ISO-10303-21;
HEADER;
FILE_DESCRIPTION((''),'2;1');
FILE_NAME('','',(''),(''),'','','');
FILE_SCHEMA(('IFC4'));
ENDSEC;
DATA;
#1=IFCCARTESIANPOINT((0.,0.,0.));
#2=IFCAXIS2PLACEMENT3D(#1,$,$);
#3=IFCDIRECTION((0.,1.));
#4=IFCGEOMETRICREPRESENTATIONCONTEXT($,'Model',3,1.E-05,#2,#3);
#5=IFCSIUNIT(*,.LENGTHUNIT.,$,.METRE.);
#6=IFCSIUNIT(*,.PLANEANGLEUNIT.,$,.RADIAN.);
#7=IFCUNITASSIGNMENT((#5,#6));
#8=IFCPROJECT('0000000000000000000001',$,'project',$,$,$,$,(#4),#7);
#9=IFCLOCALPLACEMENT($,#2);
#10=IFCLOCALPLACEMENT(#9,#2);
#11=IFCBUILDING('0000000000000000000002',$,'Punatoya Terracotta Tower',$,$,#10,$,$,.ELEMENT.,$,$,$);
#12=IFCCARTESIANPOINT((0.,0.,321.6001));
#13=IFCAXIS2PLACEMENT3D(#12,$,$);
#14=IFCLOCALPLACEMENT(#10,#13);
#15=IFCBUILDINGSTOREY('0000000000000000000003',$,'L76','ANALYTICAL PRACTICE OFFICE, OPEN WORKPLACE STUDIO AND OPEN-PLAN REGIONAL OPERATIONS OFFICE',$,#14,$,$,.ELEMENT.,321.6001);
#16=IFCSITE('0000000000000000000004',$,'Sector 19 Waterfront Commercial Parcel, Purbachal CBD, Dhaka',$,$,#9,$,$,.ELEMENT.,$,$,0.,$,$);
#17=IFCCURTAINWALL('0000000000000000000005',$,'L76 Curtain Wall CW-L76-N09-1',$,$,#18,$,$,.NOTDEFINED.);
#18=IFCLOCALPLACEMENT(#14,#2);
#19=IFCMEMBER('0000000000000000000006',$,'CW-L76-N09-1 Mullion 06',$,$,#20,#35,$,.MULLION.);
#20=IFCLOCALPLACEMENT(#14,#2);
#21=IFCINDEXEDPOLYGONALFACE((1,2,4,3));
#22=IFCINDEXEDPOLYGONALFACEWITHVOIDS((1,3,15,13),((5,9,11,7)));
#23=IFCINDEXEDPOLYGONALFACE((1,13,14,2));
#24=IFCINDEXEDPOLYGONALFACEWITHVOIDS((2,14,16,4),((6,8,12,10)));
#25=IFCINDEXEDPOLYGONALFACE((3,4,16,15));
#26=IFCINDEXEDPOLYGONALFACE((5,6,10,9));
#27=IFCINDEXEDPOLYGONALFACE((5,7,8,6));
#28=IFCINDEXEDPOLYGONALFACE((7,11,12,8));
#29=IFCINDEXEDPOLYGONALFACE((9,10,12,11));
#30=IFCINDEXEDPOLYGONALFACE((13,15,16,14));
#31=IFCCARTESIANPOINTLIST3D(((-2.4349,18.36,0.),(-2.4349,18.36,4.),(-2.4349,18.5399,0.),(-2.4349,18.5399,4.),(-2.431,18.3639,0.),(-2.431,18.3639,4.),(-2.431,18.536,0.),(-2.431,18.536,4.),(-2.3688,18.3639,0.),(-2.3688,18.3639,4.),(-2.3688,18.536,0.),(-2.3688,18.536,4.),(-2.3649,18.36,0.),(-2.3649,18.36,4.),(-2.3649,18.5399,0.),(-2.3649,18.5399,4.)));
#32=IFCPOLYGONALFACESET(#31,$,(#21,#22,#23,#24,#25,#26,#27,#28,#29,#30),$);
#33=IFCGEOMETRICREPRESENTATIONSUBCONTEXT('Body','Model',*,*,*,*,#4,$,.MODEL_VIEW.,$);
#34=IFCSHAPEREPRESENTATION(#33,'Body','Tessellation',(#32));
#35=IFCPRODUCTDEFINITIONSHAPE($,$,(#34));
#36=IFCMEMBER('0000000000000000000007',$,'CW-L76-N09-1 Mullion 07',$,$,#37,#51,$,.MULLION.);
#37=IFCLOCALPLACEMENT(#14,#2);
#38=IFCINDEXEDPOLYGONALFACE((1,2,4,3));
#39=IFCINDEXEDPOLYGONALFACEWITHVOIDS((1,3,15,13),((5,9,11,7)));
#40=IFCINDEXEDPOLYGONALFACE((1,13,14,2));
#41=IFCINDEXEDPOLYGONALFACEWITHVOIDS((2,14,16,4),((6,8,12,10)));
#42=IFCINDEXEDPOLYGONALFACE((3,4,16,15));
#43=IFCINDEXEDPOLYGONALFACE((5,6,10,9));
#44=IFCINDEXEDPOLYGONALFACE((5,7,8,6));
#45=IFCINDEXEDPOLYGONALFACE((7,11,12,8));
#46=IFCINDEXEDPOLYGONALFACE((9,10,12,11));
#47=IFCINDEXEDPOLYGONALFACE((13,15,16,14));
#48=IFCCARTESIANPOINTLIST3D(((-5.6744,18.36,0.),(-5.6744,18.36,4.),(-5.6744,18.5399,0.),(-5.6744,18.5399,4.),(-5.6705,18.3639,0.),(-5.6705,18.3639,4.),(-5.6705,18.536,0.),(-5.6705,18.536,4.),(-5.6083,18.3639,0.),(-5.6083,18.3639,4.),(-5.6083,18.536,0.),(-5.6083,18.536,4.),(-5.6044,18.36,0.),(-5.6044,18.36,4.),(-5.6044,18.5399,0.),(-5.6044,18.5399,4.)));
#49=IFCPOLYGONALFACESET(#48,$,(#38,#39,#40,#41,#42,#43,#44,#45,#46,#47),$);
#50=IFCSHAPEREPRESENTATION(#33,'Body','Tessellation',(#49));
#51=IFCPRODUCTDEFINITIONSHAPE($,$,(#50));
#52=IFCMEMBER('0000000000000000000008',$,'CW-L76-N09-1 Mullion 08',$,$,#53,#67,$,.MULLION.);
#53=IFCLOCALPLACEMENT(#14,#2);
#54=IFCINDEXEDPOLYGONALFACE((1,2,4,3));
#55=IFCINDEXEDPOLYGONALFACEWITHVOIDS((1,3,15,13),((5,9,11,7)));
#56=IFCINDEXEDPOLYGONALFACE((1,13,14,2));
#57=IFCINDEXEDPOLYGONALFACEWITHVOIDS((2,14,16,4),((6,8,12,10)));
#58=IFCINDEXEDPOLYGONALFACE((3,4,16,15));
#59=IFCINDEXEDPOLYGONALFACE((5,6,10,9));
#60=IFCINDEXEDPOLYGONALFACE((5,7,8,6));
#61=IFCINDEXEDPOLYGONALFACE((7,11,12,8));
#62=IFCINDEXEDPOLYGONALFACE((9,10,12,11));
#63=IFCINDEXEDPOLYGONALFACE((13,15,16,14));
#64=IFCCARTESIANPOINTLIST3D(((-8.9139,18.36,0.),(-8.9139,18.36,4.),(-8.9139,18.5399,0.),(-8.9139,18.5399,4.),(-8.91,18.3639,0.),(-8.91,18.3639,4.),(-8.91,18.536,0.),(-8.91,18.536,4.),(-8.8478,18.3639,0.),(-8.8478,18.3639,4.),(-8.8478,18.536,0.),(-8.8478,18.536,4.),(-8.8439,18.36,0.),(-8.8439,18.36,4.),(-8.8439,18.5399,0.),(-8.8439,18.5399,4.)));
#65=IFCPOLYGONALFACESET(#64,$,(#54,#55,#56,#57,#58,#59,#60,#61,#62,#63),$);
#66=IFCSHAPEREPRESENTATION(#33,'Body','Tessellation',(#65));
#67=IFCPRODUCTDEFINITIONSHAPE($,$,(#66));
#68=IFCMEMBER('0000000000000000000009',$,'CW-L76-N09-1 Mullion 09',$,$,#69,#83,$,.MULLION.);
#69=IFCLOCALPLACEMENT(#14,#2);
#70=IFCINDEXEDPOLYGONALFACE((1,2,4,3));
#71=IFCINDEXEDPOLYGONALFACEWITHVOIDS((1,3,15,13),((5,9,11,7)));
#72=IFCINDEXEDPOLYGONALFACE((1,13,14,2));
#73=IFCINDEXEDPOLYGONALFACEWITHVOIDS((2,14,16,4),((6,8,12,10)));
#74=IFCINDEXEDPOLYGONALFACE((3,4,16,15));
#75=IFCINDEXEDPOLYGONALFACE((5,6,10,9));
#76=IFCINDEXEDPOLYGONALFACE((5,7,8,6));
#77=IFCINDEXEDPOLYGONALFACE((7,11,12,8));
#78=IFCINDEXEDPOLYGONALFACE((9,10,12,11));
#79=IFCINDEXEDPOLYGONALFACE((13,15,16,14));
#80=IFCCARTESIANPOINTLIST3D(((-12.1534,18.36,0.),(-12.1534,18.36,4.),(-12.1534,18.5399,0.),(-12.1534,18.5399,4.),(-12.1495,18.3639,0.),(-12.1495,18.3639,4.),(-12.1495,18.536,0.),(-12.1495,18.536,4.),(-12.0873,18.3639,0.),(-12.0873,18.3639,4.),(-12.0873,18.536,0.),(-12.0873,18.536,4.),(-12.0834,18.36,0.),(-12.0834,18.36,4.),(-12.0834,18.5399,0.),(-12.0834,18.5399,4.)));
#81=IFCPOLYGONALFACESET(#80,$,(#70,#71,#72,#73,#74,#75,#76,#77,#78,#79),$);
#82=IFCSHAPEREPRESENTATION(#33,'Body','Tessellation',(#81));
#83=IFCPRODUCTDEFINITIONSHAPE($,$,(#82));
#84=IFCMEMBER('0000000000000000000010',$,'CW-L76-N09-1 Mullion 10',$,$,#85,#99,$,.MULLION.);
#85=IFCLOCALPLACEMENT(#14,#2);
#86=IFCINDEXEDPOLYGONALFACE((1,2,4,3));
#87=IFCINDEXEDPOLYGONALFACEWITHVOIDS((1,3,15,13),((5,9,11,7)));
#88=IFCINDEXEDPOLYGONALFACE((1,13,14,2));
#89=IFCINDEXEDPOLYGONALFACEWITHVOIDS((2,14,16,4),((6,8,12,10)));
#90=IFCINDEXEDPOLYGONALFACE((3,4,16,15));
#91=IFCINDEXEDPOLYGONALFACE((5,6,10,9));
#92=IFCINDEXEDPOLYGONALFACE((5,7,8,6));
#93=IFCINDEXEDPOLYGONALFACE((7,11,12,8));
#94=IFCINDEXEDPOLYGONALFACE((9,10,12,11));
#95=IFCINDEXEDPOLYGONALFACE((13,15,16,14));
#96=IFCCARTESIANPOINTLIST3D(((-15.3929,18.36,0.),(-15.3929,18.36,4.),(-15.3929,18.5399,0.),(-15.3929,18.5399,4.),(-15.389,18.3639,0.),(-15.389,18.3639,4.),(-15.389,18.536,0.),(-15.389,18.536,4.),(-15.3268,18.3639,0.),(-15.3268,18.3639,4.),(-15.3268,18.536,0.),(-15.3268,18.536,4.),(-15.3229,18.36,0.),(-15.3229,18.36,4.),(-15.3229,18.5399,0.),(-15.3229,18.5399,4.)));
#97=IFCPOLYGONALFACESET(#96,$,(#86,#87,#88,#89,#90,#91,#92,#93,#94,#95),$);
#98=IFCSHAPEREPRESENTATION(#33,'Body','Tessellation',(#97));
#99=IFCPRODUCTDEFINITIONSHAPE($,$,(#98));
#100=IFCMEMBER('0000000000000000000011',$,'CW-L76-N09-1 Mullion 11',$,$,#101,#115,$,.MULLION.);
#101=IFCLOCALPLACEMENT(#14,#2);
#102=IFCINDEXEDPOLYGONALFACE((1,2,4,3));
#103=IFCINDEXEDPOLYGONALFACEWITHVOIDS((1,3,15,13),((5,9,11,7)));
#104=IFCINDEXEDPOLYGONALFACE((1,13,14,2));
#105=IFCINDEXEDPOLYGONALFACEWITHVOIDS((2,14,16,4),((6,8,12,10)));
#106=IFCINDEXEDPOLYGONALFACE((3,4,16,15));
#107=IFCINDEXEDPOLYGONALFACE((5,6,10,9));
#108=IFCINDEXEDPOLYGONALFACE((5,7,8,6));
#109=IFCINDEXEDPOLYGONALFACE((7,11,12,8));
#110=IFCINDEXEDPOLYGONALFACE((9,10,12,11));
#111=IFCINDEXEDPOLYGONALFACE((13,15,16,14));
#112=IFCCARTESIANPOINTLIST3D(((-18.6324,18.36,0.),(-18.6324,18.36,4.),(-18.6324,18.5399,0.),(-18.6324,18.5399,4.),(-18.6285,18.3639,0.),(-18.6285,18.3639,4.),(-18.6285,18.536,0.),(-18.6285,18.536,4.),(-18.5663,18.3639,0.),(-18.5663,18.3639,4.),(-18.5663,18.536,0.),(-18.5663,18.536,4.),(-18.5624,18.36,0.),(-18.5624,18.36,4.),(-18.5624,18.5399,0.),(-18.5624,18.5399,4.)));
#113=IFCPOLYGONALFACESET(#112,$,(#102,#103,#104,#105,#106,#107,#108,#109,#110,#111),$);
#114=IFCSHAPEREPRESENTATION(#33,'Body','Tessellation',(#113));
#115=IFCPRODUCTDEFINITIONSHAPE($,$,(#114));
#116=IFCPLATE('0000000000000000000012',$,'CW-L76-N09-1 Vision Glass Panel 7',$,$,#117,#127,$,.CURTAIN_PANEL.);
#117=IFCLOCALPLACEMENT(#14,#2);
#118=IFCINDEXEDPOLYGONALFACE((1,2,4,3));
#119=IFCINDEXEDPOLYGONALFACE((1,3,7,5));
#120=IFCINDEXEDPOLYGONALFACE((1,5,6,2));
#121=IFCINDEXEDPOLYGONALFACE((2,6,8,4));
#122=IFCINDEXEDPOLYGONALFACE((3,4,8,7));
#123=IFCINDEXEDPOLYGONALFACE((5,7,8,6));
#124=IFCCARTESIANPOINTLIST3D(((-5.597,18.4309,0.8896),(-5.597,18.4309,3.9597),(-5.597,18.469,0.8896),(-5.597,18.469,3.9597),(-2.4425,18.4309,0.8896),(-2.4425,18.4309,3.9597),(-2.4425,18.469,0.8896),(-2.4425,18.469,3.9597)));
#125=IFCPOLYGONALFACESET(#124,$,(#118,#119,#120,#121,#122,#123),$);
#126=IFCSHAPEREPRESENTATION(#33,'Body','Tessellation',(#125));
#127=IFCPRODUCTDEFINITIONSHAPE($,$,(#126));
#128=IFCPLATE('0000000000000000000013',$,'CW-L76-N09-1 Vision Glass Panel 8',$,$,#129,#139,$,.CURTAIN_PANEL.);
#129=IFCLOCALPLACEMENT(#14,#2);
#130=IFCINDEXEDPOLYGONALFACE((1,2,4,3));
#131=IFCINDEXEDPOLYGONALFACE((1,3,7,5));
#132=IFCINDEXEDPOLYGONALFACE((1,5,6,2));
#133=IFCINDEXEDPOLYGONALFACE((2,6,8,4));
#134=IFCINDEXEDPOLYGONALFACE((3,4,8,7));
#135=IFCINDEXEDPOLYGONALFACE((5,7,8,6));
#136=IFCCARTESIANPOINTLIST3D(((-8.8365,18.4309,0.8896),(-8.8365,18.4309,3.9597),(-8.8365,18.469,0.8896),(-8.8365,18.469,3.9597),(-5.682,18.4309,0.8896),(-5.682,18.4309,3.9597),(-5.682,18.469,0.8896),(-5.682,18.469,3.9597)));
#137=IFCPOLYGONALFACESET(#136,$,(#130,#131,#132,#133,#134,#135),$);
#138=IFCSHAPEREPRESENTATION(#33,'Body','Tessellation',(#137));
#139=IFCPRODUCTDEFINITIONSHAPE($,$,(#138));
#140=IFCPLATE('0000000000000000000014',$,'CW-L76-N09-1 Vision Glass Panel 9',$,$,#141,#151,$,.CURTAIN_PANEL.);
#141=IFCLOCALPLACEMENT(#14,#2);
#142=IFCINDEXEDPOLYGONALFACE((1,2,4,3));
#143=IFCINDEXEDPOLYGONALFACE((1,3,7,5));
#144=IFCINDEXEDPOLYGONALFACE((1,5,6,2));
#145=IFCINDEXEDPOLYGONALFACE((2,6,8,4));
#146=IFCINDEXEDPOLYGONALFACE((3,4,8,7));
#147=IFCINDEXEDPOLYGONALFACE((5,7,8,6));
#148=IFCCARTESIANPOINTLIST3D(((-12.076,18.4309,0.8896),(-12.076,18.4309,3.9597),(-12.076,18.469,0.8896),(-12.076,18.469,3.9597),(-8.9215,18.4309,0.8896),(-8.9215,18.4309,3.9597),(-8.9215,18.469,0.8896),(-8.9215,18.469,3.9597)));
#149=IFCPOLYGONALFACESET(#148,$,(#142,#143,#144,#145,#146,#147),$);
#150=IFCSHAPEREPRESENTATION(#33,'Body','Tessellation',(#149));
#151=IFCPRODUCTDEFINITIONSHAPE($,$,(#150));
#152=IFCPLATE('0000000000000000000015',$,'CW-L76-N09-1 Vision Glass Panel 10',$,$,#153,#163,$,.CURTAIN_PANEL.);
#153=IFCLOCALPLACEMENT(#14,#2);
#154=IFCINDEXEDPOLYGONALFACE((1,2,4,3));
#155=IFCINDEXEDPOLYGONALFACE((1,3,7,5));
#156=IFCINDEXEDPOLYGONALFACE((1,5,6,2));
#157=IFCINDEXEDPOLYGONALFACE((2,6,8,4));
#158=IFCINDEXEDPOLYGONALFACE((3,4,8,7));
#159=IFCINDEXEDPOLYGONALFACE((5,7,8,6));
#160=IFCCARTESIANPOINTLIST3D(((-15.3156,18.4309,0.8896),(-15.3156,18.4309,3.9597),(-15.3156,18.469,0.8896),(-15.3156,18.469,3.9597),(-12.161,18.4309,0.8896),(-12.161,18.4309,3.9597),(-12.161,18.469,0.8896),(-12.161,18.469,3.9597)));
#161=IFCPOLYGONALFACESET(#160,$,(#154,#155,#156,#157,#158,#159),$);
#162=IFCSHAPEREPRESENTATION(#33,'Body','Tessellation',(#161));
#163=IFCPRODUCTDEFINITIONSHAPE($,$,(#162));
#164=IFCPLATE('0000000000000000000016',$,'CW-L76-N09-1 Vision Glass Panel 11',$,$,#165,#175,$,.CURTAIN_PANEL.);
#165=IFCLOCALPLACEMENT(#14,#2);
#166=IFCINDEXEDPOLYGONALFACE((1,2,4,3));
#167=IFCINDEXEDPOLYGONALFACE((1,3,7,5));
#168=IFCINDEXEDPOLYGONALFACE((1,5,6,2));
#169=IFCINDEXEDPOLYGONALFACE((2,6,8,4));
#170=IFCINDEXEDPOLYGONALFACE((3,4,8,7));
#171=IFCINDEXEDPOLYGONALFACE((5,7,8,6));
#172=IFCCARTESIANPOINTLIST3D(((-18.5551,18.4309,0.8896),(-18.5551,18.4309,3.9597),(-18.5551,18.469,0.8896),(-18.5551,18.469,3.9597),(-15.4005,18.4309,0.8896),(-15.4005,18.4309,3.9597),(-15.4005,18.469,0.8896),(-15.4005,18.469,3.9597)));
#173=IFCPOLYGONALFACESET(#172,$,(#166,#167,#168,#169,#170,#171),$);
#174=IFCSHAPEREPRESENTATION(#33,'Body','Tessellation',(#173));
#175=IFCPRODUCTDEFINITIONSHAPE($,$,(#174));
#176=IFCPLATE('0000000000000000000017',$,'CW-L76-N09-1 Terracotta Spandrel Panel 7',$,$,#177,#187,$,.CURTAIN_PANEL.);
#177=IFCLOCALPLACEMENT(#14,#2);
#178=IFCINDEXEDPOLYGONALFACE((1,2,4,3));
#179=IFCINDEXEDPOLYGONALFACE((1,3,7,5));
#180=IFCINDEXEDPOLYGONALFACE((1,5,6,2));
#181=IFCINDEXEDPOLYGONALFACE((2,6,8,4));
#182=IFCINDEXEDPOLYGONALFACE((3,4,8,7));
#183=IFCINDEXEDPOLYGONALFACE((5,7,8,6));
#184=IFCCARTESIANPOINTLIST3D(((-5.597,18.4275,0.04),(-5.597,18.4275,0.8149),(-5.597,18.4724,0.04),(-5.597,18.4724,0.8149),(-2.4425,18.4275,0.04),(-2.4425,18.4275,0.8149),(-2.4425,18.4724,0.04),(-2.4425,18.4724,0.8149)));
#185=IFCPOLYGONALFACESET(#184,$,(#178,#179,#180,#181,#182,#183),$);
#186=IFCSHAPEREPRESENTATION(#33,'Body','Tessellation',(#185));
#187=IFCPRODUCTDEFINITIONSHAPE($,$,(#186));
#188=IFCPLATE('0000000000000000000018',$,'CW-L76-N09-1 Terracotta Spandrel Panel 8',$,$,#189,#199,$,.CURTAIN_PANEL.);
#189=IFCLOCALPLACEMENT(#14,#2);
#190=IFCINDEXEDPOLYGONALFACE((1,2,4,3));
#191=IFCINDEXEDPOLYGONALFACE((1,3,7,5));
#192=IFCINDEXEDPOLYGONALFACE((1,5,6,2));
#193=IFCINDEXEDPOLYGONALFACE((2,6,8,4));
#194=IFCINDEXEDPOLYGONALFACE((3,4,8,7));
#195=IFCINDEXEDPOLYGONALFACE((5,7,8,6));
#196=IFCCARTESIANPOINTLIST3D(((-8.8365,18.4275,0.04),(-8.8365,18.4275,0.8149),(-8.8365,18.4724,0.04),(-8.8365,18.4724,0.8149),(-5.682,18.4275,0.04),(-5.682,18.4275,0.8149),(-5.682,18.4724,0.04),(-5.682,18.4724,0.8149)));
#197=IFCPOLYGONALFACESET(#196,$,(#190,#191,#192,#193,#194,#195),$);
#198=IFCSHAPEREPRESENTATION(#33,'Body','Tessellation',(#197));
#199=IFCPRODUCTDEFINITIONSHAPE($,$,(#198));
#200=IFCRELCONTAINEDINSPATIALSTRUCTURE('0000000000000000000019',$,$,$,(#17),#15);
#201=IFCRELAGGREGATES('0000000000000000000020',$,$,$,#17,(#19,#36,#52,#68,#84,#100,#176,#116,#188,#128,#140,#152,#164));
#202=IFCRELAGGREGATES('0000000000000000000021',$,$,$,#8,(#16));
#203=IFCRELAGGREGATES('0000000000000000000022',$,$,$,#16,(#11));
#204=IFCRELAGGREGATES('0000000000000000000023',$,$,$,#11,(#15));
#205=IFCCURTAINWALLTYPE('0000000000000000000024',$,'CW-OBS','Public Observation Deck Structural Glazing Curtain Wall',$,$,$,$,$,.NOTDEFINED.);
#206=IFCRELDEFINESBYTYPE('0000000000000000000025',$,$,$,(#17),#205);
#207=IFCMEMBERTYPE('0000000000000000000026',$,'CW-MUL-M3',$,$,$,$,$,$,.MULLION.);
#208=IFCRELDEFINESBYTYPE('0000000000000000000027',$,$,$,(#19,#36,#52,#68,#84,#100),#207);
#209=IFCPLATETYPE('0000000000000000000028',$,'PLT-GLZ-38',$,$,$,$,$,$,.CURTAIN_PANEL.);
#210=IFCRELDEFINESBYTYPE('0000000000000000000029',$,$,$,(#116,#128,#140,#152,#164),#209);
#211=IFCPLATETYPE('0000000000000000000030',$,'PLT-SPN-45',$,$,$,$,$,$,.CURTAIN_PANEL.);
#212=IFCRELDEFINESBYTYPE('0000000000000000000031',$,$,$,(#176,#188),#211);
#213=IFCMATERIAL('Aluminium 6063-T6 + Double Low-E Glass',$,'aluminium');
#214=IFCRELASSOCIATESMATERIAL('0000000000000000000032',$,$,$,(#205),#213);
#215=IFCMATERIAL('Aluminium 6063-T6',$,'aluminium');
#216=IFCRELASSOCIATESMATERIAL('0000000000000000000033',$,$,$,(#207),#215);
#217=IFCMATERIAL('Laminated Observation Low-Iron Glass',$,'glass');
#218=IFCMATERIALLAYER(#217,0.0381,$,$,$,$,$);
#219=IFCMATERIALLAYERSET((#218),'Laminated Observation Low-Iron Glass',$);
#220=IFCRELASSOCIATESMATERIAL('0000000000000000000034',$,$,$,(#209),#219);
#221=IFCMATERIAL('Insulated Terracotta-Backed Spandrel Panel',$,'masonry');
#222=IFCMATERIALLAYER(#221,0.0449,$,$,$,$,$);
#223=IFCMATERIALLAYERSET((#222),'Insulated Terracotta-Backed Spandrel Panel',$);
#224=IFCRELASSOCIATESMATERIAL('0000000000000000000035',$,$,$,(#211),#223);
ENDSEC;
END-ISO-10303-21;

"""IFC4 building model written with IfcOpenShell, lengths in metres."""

from ifc_helpers import new_model, si_unit, direction, frame, origin, origin_2d, place, context, subcontext, project, spatial, rectangle, hollow_rectangle, extrude, material, layer, layer_set, material_profile, profile_set, type_object, element, aggregate, save


model = new_model("IFC4")

# Units and contexts
model_context = context("Model", 3, precision=1e-05, world=origin(), true_north=direction((0.0, 1.0)))
body_context = subcontext(model_context, "Body", "Model", "MODEL_VIEW")
ifc_project = project(units=[si_unit("LENGTHUNIT", "METRE"), si_unit("PLANEANGLEUNIT", "RADIAN")], contexts=[model_context])

# Site, building, storey
site_placement = place(None, origin())
site = spatial("IfcSite", under=ifc_project, at=site_placement, Name="Sector 19 Waterfront Commercial Parcel, Purbachal CBD, Dhaka", CompositionType="ELEMENT", RefElevation=0.0)
building_placement = place(site_placement, origin())
building = spatial("IfcBuilding", under=site, at=building_placement, Name="Punatoya Terracotta Tower", CompositionType="ELEMENT")
storey_placement = place(building_placement, frame((0.0, 0.0, 321.6001)))
storey = spatial("IfcBuildingStorey", under=building, at=storey_placement, Name="L76", Description="ANALYTICAL PRACTICE OFFICE, OPEN WORKPLACE STUDIO AND OPEN-PLAN REGIONAL OPERATIONS OFFICE", CompositionType="ELEMENT", Elevation=321.6001)

# Curtain wall, members, plates
ifc_material_1 = material(Name="Aluminium 6063-T6 + Double Low-E Glass", Category="aluminium")
curtain_wall_type = type_object("IfcCurtainWallType", Name="CW-OBS", Description="Public Observation Deck Structural Glazing Curtain Wall", PredefinedType="NOTDEFINED", material=ifc_material_1)
curtain_wall_placement = place(storey_placement, origin())
curtain_wall = element("IfcCurtainWall", 1, at=curtain_wall_placement, inside=storey, type_object=curtain_wall_type, Name="L76 Curtain Wall CW-L76-N09-1", PredefinedType="NOTDEFINED")
ifc_material_2 = material(Name="Aluminium 6063-T6", Category="aluminium")
ifc_material_profile_1 = material_profile(ifc_material_2, hollow_rectangle(XDim=0.0701, YDim=0.1799, WallThickness=0.0039, at=origin_2d()))
ifc_profile_set_1 = profile_set([ifc_material_profile_1], Name="Aluminium 6063-T6")
member_type = type_object("IfcMemberType", Name="CW-MUL-M3", PredefinedType="MULLION", material=ifc_profile_set_1)
member_1_placement = place(storey_placement, frame((-2.3999, 18.45, 0.0), z_axis=(0.0, 0.0, 1.0), x_axis=(1.0, 0.0, 0.0)))
member_1 = element("IfcMember", 2, at=member_1_placement, type_object=member_type, Name="CW-L76-N09-1 Mullion 06", PredefinedType="MULLION", context=body_context, shape_type="SweptSolid", body=[
    extrude(hollow_rectangle(XDim=0.0701, YDim=0.1799, WallThickness=0.0039, at=origin_2d()), origin(), (0.0, 0.0, 1.0), 4.0),
])
member_2_placement = place(storey_placement, frame((-5.6394, 18.45, 0.0), z_axis=(0.0, 0.0, 1.0), x_axis=(1.0, 0.0, 0.0)))
member_2 = element("IfcMember", 3, at=member_2_placement, type_object=member_type, Name="CW-L76-N09-1 Mullion 07", PredefinedType="MULLION", context=body_context, shape_type="SweptSolid", body=[
    extrude(hollow_rectangle(XDim=0.0701, YDim=0.1799, WallThickness=0.0039, at=origin_2d()), origin(), (0.0, 0.0, 1.0), 4.0),
])
member_3_placement = place(storey_placement, frame((-8.8789, 18.45, 0.0), z_axis=(0.0, 0.0, 1.0), x_axis=(1.0, 0.0, 0.0)))
member_3 = element("IfcMember", 4, at=member_3_placement, type_object=member_type, Name="CW-L76-N09-1 Mullion 08", PredefinedType="MULLION", context=body_context, shape_type="SweptSolid", body=[
    extrude(hollow_rectangle(XDim=0.0701, YDim=0.1799, WallThickness=0.0039, at=origin_2d()), origin(), (0.0, 0.0, 1.0), 4.0),
])
member_4_placement = place(storey_placement, frame((-12.1184, 18.45, 0.0), z_axis=(0.0, 0.0, 1.0), x_axis=(1.0, 0.0, 0.0)))
member_4 = element("IfcMember", 5, at=member_4_placement, type_object=member_type, Name="CW-L76-N09-1 Mullion 09", PredefinedType="MULLION", context=body_context, shape_type="SweptSolid", body=[
    extrude(hollow_rectangle(XDim=0.0701, YDim=0.1799, WallThickness=0.0039, at=origin_2d()), origin(), (0.0, 0.0, 1.0), 4.0),
])
member_5_placement = place(storey_placement, frame((-15.3579, 18.45, 0.0), z_axis=(0.0, 0.0, 1.0), x_axis=(1.0, 0.0, 0.0)))
member_5 = element("IfcMember", 6, at=member_5_placement, type_object=member_type, Name="CW-L76-N09-1 Mullion 10", PredefinedType="MULLION", context=body_context, shape_type="SweptSolid", body=[
    extrude(hollow_rectangle(XDim=0.0701, YDim=0.1799, WallThickness=0.0039, at=origin_2d()), origin(), (0.0, 0.0, 1.0), 4.0),
])
member_6_placement = place(storey_placement, frame((-18.5974, 18.45, 0.0), z_axis=(0.0, 0.0, 1.0), x_axis=(1.0, 0.0, 0.0)))
member_6 = element("IfcMember", 7, at=member_6_placement, type_object=member_type, Name="CW-L76-N09-1 Mullion 11", PredefinedType="MULLION", context=body_context, shape_type="SweptSolid", body=[
    extrude(hollow_rectangle(XDim=0.0701, YDim=0.1799, WallThickness=0.0039, at=origin_2d()), origin(), (0.0, 0.0, 1.0), 4.0),
])
ifc_material_3 = material(Name="Laminated Observation Low-Iron Glass", Category="glass")
ifc_layer_1 = layer(ifc_material_3, 0.0381)
ifc_layer_set_1 = layer_set([ifc_layer_1], Name="Laminated Observation Low-Iron Glass")
plate_type_1 = type_object("IfcPlateType", Name="PLT-GLZ-38", PredefinedType="CURTAIN_PANEL", material=ifc_layer_set_1)
plate_1_placement = place(storey_placement, frame((-4.0198, 18.45, 0.8896), z_axis=(0.0, 0.0, 1.0), x_axis=(-1.0, 0.0, 0.0)))
plate_1 = element("IfcPlate", 8, at=plate_1_placement, type_object=plate_type_1, Name="CW-L76-N09-1 Vision Glass Panel 7", PredefinedType="CURTAIN_PANEL", context=body_context, shape_type="SweptSolid", body=[
    extrude(rectangle(XDim=3.1545, YDim=0.0381, at=origin_2d()), origin(), (0.0, 0.0, 1.0), 3.0701),
])
plate_2_placement = place(storey_placement, frame((-7.2593, 18.45, 0.8896), z_axis=(0.0, 0.0, 1.0), x_axis=(-1.0, 0.0, 0.0)))
plate_2 = element("IfcPlate", 9, at=plate_2_placement, type_object=plate_type_1, Name="CW-L76-N09-1 Vision Glass Panel 8", PredefinedType="CURTAIN_PANEL", context=body_context, shape_type="SweptSolid", body=[
    extrude(rectangle(XDim=3.1545, YDim=0.0381, at=origin_2d()), origin(), (0.0, 0.0, 1.0), 3.0701),
])
plate_3_placement = place(storey_placement, frame((-10.4988, 18.45, 0.8896), z_axis=(0.0, 0.0, 1.0), x_axis=(-1.0, 0.0, 0.0)))
plate_3 = element("IfcPlate", 10, at=plate_3_placement, type_object=plate_type_1, Name="CW-L76-N09-1 Vision Glass Panel 9", PredefinedType="CURTAIN_PANEL", context=body_context, shape_type="SweptSolid", body=[
    extrude(rectangle(XDim=3.1545, YDim=0.0381, at=origin_2d()), origin(), (0.0, 0.0, 1.0), 3.0701),
])
plate_4_placement = place(storey_placement, frame((-13.7383, 18.45, 0.8896), z_axis=(0.0, 0.0, 1.0), x_axis=(-1.0, 0.0, 0.0)))
plate_4 = element("IfcPlate", 11, at=plate_4_placement, type_object=plate_type_1, Name="CW-L76-N09-1 Vision Glass Panel 10", PredefinedType="CURTAIN_PANEL", context=body_context, shape_type="SweptSolid", body=[
    extrude(rectangle(XDim=3.1545, YDim=0.0381, at=origin_2d()), origin(), (0.0, 0.0, 1.0), 3.0701),
])
plate_5_placement = place(storey_placement, frame((-16.9778, 18.45, 0.8896), z_axis=(0.0, 0.0, 1.0), x_axis=(-1.0, 0.0, 0.0)))
plate_5 = element("IfcPlate", 12, at=plate_5_placement, type_object=plate_type_1, Name="CW-L76-N09-1 Vision Glass Panel 11", PredefinedType="CURTAIN_PANEL", context=body_context, shape_type="SweptSolid", body=[
    extrude(rectangle(XDim=3.1545, YDim=0.0381, at=origin_2d()), origin(), (0.0, 0.0, 1.0), 3.0701),
])
ifc_material_4 = material(Name="Insulated Terracotta-Backed Spandrel Panel", Category="masonry")
ifc_layer_2 = layer(ifc_material_4, 0.0449)
ifc_layer_set_2 = layer_set([ifc_layer_2], Name="Insulated Terracotta-Backed Spandrel Panel")
plate_type_2 = type_object("IfcPlateType", Name="PLT-SPN-45", PredefinedType="CURTAIN_PANEL", material=ifc_layer_set_2)
plate_6_placement = place(storey_placement, frame((-4.0198, 18.45, 0.04), z_axis=(0.0, 0.0, 1.0), x_axis=(-1.0, 0.0, 0.0)))
plate_6 = element("IfcPlate", 13, at=plate_6_placement, type_object=plate_type_2, Name="CW-L76-N09-1 Terracotta Spandrel Panel 7", PredefinedType="CURTAIN_PANEL", context=body_context, shape_type="SweptSolid", body=[
    extrude(rectangle(XDim=3.1545, YDim=0.0449, at=origin_2d()), origin(), (0.0, 0.0, 1.0), 0.7749),
])
plate_7_placement = place(storey_placement, frame((-7.2593, 18.45, 0.04), z_axis=(0.0, 0.0, 1.0), x_axis=(-1.0, 0.0, 0.0)))
plate_7 = element("IfcPlate", 14, at=plate_7_placement, type_object=plate_type_2, Name="CW-L76-N09-1 Terracotta Spandrel Panel 8", PredefinedType="CURTAIN_PANEL", context=body_context, shape_type="SweptSolid", body=[
    extrude(rectangle(XDim=3.1545, YDim=0.0449, at=origin_2d()), origin(), (0.0, 0.0, 1.0), 0.7749),
])
aggregate(curtain_wall, [member_1, member_2, member_3, member_4, member_5, member_6, plate_6, plate_1, plate_7, plate_2, plate_3, plate_4, plate_5])

save(model, "model.ifc")
